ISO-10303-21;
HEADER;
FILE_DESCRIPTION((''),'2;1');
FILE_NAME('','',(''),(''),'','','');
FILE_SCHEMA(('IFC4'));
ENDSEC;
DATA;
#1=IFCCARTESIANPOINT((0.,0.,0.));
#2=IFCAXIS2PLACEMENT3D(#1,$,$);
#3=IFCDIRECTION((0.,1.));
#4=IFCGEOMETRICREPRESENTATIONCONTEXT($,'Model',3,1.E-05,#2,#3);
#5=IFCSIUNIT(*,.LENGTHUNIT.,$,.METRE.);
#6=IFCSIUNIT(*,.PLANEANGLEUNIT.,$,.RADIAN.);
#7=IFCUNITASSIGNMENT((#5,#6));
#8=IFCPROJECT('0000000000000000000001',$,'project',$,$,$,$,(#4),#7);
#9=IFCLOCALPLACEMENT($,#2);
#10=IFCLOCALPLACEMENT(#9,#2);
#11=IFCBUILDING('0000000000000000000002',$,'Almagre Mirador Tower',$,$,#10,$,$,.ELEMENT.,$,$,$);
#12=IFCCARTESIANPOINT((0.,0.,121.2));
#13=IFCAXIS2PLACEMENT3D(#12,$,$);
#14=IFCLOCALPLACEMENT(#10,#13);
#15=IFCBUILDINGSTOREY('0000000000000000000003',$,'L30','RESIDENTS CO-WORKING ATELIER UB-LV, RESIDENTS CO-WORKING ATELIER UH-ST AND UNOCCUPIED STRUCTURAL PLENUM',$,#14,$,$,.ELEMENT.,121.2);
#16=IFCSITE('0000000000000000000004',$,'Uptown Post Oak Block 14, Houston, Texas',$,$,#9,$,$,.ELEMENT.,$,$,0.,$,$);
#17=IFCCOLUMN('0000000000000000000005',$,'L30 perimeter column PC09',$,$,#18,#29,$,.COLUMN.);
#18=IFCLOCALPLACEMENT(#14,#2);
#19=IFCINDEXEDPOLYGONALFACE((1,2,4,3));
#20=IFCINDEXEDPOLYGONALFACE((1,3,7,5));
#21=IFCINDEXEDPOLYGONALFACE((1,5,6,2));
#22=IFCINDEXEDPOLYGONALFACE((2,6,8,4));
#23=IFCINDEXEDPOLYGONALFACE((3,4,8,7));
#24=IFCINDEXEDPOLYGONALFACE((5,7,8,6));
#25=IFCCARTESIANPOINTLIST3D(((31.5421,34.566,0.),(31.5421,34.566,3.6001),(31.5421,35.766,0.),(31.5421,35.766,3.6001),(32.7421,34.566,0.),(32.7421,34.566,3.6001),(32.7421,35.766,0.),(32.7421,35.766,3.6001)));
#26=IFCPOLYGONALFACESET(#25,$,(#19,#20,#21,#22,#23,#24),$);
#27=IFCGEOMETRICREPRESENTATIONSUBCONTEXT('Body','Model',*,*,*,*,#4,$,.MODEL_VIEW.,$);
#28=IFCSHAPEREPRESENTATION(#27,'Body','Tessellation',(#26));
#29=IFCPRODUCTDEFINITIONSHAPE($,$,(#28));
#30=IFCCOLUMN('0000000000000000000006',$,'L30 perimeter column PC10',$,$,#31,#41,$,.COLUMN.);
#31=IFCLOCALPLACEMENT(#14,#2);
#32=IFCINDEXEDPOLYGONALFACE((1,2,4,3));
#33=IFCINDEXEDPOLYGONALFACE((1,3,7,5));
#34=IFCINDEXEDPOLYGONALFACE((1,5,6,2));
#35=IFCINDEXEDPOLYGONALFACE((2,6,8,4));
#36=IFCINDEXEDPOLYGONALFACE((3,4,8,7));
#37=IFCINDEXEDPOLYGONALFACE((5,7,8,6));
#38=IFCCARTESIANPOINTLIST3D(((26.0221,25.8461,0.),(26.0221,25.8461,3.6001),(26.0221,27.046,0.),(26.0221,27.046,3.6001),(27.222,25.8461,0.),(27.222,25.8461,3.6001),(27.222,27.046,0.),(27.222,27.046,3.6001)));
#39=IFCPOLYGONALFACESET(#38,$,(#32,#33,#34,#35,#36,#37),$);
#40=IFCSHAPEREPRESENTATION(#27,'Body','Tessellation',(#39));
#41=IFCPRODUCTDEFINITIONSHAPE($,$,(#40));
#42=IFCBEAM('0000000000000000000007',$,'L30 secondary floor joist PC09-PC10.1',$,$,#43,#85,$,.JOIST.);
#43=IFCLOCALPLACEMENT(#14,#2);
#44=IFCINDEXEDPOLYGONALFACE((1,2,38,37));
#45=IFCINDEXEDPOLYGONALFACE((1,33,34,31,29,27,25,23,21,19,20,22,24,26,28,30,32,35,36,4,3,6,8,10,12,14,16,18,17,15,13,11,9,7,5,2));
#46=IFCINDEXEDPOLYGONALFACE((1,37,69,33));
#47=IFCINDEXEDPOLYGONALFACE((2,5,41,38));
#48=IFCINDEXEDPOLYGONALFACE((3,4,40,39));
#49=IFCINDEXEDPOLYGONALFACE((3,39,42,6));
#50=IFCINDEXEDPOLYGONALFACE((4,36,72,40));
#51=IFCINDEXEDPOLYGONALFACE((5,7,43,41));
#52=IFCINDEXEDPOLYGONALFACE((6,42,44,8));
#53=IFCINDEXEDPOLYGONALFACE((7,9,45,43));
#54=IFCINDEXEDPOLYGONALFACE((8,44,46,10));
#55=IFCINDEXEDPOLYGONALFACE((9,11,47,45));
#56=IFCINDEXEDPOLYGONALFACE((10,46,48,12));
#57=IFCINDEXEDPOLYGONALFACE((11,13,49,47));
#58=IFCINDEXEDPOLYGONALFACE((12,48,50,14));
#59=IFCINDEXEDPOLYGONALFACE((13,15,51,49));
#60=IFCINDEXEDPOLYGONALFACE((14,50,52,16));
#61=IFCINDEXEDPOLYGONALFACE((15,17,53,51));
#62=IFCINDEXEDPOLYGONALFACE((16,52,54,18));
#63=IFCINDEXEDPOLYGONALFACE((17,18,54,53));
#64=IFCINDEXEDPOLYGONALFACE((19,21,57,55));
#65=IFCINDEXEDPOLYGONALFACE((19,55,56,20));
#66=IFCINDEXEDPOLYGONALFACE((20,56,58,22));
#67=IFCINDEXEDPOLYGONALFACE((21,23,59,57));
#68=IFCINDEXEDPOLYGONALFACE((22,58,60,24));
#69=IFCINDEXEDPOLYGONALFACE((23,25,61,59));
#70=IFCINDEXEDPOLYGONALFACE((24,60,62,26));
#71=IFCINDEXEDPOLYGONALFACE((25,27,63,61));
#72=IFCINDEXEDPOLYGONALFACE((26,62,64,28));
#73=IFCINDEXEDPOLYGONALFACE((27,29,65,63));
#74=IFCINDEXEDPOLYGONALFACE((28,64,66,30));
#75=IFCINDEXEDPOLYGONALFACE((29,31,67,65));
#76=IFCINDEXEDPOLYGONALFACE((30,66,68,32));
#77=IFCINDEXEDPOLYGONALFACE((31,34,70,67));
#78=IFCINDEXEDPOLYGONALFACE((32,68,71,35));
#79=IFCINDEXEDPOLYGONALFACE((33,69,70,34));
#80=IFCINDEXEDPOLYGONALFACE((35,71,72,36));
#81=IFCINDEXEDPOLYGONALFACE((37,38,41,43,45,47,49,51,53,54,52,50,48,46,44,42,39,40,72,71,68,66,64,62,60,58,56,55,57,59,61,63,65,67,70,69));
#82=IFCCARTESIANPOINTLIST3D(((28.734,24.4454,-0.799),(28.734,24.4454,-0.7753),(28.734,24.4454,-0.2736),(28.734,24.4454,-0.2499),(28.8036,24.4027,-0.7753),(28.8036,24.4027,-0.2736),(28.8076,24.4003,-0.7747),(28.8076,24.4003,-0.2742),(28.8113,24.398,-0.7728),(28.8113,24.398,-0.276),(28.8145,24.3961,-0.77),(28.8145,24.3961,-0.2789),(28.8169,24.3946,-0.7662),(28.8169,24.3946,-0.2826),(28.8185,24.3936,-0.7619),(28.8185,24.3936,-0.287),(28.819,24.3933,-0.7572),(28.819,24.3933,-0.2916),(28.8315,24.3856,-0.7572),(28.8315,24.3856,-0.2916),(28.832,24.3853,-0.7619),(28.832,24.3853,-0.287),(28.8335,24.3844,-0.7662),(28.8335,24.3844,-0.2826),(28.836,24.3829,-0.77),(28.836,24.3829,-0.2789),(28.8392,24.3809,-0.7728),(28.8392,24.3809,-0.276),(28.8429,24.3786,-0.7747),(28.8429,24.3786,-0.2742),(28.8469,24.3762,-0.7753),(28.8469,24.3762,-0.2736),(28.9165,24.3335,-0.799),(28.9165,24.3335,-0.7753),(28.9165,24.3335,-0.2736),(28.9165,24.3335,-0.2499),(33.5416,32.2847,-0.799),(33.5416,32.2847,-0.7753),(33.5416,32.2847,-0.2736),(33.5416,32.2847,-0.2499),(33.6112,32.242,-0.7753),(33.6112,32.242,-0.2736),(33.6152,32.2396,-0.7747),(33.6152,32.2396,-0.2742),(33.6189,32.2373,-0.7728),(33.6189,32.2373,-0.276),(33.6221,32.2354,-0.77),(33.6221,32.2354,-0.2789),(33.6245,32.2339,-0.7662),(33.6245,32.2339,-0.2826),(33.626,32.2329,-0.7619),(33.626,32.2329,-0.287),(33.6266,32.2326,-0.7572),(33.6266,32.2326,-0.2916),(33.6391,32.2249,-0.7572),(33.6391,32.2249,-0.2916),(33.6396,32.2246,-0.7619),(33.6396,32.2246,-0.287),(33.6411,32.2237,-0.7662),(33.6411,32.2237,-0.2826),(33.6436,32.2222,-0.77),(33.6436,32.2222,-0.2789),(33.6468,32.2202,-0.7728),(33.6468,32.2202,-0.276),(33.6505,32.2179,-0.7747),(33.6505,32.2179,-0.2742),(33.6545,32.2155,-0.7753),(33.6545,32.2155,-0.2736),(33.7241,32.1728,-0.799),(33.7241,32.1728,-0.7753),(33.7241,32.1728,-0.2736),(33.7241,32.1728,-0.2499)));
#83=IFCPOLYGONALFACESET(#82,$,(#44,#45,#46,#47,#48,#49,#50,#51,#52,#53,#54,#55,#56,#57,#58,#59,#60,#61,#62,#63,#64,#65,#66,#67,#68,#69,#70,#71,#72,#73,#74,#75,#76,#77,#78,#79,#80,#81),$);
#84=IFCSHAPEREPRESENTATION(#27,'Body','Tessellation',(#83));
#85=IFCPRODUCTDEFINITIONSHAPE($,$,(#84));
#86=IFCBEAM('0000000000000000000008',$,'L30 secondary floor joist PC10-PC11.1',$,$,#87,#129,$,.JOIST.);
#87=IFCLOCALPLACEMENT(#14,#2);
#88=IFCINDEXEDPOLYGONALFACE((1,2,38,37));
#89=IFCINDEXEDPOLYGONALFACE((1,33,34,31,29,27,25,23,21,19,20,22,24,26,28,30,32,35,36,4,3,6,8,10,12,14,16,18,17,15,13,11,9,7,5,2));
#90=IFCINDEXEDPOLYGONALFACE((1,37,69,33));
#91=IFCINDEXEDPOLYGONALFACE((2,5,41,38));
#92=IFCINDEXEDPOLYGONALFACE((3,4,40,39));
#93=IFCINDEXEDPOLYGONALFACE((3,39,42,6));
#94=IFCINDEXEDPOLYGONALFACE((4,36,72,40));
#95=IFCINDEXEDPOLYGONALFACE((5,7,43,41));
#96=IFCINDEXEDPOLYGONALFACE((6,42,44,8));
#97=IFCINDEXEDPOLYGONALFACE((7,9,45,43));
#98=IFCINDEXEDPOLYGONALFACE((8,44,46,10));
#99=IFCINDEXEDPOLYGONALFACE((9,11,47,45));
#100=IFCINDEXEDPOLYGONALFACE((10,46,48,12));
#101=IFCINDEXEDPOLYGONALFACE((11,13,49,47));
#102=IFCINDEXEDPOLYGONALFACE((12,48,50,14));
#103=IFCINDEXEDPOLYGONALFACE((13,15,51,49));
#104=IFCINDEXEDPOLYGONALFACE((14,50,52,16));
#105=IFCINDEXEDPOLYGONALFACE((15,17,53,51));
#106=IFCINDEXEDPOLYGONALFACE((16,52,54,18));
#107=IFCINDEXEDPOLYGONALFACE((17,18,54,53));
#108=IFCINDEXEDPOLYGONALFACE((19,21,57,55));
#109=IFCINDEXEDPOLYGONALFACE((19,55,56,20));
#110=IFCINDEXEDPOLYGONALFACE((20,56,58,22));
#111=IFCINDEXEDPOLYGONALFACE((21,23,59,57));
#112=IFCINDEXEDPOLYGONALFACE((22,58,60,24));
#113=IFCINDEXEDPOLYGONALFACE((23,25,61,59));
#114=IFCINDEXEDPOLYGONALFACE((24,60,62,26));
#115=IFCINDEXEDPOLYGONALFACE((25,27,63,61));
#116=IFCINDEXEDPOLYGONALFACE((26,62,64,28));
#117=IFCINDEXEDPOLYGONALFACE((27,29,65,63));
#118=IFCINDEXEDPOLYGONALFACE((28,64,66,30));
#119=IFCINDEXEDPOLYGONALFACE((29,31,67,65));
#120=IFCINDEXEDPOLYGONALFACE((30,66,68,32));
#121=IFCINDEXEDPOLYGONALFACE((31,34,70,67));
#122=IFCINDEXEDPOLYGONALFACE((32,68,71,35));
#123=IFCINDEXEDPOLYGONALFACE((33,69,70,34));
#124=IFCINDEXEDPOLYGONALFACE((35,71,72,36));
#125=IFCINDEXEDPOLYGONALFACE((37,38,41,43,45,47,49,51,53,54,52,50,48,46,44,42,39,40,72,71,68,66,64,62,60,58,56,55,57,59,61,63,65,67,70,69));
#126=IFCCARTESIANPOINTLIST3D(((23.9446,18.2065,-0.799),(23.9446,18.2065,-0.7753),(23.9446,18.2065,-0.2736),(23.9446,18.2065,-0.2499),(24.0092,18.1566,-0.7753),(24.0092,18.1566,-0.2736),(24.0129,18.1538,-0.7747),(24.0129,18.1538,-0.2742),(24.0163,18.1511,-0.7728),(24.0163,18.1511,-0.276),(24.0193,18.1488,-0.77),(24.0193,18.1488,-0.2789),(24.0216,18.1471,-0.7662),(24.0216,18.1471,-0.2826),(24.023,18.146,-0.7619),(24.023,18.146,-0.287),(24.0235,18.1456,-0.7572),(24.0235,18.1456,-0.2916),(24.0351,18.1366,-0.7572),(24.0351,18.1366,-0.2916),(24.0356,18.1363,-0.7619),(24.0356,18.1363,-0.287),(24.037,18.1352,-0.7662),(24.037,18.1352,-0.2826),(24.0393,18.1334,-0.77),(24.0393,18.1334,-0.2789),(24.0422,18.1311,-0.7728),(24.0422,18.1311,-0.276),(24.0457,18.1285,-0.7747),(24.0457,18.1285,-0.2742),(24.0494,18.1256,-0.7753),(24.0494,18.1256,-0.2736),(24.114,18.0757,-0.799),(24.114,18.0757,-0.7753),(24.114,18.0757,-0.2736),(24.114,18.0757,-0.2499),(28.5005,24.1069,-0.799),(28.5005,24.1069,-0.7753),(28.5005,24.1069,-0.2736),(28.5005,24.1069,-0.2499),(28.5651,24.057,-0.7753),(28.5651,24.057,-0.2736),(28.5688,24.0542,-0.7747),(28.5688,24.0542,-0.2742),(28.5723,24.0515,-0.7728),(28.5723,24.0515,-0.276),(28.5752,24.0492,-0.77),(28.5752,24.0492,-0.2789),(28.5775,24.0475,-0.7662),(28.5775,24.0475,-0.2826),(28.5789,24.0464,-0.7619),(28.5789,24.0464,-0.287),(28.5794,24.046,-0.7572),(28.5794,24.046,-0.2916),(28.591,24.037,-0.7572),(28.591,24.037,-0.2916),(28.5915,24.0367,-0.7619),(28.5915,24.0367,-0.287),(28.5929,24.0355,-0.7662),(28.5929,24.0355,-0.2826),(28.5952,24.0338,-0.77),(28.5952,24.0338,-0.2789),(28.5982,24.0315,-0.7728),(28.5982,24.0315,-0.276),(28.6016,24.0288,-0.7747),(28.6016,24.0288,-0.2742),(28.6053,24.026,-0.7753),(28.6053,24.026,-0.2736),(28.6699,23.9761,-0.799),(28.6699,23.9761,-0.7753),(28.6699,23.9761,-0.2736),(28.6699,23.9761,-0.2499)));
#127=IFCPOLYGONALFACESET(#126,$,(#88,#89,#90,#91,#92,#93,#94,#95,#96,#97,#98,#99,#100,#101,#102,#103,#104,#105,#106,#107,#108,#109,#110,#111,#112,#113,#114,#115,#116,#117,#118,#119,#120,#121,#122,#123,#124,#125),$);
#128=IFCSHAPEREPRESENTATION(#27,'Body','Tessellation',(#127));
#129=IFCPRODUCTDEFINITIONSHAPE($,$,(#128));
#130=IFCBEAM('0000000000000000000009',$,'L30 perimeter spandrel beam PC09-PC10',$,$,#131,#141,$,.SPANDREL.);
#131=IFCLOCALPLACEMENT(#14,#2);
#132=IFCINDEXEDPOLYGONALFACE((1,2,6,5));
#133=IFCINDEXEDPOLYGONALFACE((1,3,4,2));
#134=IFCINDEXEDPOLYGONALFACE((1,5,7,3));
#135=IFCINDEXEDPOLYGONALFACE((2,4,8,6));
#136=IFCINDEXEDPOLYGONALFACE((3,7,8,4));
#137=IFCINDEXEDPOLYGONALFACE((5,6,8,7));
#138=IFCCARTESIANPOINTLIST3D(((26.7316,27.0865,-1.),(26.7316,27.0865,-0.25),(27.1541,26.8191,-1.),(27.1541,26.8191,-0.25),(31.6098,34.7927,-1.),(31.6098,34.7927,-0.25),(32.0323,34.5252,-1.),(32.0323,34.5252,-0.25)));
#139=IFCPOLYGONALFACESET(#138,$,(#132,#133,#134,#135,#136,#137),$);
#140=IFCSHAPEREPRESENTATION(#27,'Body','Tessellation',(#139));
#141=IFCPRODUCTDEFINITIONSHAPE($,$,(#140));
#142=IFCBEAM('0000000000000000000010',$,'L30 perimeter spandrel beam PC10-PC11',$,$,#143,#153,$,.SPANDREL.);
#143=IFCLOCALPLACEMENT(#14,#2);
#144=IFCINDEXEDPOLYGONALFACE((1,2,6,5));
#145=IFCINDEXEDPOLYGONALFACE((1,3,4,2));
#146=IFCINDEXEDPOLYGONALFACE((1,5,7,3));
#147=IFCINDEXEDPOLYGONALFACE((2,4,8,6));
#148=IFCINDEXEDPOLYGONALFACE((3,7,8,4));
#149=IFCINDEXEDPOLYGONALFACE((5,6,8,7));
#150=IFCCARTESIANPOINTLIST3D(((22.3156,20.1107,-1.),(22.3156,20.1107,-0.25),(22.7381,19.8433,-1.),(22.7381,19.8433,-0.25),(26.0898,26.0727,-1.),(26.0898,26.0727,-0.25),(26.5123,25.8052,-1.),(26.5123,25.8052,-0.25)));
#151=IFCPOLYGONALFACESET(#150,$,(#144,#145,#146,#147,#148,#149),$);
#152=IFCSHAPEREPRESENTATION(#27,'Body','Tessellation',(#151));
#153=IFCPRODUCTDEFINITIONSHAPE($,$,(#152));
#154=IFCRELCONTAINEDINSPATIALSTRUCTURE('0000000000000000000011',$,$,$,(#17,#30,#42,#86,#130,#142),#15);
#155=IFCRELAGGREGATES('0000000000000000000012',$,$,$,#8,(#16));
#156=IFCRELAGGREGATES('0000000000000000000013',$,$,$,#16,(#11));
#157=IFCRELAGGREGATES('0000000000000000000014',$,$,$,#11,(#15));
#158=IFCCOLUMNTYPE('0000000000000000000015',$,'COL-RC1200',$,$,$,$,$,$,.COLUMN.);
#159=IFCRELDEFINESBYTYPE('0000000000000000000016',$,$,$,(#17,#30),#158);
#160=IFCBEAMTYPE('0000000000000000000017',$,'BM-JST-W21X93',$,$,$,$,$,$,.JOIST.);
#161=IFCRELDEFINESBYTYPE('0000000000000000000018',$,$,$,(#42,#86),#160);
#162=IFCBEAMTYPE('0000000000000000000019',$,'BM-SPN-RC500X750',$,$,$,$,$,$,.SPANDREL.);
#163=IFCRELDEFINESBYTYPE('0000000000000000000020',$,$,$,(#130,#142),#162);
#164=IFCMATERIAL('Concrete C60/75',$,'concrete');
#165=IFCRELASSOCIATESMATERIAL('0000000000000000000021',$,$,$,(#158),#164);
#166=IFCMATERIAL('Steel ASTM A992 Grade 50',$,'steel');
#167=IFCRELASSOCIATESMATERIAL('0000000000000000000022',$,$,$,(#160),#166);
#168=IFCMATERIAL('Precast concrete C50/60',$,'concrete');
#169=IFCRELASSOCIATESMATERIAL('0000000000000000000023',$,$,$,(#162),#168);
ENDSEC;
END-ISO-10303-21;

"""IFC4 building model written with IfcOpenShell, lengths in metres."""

from ifc_helpers import new_model, si_unit, direction, frame, origin, origin_2d, place, context, subcontext, project, spatial, rectangle, i_section, extrude, material, material_profile, profile_set, type_object, element, save


model = new_model("IFC4")

# Units and contexts
model_context = context("Model", 3, precision=1e-05, world=origin(), true_north=direction((0.0, 1.0)))
body_context = subcontext(model_context, "Body", "Model", "MODEL_VIEW")
ifc_project = project(units=[si_unit("LENGTHUNIT", "METRE"), si_unit("PLANEANGLEUNIT", "RADIAN")], contexts=[model_context])

# Site, building, storey
site_placement = place(None, origin())
site = spatial("IfcSite", under=ifc_project, at=site_placement, Name="Uptown Post Oak Block 14, Houston, Texas", CompositionType="ELEMENT", RefElevation=0.0)
building_placement = place(site_placement, origin())
building = spatial("IfcBuilding", under=site, at=building_placement, Name="Almagre Mirador Tower", CompositionType="ELEMENT")
storey_placement = place(building_placement, frame((0.0, 0.0, 121.2)))
storey = spatial("IfcBuildingStorey", under=building, at=storey_placement, Name="L30", Description="RESIDENTS CO-WORKING ATELIER UB-LV, RESIDENTS CO-WORKING ATELIER UH-ST AND UNOCCUPIED STRUCTURAL PLENUM", CompositionType="ELEMENT", Elevation=121.2)

# Columns
ifc_material_1 = material(Name="Concrete C60/75", Category="concrete")
ifc_material_profile_1 = material_profile(ifc_material_1, rectangle(XDim=1.2, YDim=1.2, at=origin_2d()), Name="RC1200X1200")
ifc_profile_set_1 = profile_set([ifc_material_profile_1], Name="Concrete C60/75")
column_type = type_object("IfcColumnType", Name="COL-RC1200", PredefinedType="COLUMN", material=ifc_profile_set_1)
for number, where, z_axis, x_axis, name in (
    (1, (32.1421, 35.166, 0.0), (0.0, 0.0, 1.0), (1.0, 0.0, 0.0), "L30 perimeter column PC09"),
    (2, (26.6221, 26.446, 0.0), (0.0, 0.0, 1.0), (1.0, 0.0, 0.0), "L30 perimeter column PC10"),
):
    element("IfcColumn", number, at=place(storey_placement, frame(where, z_axis=z_axis, x_axis=x_axis)), inside=storey, type_object=column_type, Name=name, PredefinedType="COLUMN", context=body_context, shape_type="SweptSolid", body=[
        extrude(rectangle(XDim=1.2, YDim=1.2, at=origin_2d()), origin(), (0.0, 0.0, 1.0), 3.6001),
    ])

# Beams
ifc_material_2 = material(Name="Steel ASTM A992 Grade 50", Category="steel")
ifc_material_profile_2 = material_profile(ifc_material_2, i_section(OverallWidth=0.2141, OverallDepth=0.5491, WebThickness=0.0146, FlangeThickness=0.0237, FilletRadius=0.0181, at=origin_2d()), Name="W21X93")
ifc_profile_set_2 = profile_set([ifc_material_profile_2], Name="Steel ASTM A992 Grade 50")
beam_type_1 = type_object("IfcBeamType", Name="BM-JST-W21X93", PredefinedType="JOIST", material=ifc_profile_set_2)
beam_1_placement = place(storey_placement, frame((33.6328, 32.2288, -0.5244), z_axis=(-0.522787, -0.852463, 0.0), x_axis=(0.852463, -0.522787, 0.0)))
element("IfcBeam", 3, at=beam_1_placement, inside=storey, type_object=beam_type_1, Name="L30 secondary floor joist PC09-PC10.1", PredefinedType="JOIST", context=body_context, shape_type="SweptSolid", body=[
    extrude(i_section(OverallWidth=0.2141, OverallDepth=0.5491, WebThickness=0.0146, FlangeThickness=0.0237, FilletRadius=0.0181, at=origin_2d()), origin(), (0.0, 0.0, 1.0), 9.196),
])
beam_2_placement = place(storey_placement, frame((28.5852, 24.0415, -0.5244), z_axis=(-0.611155, -0.791511, 0.0), x_axis=(0.791511, -0.611155, 0.0)))
element("IfcBeam", 4, at=beam_2_placement, inside=storey, type_object=beam_type_1, Name="L30 secondary floor joist PC10-PC11.1", PredefinedType="JOIST", context=body_context, shape_type="SweptSolid", body=[
    extrude(i_section(OverallWidth=0.2141, OverallDepth=0.5491, WebThickness=0.0146, FlangeThickness=0.0237, FilletRadius=0.0181, at=origin_2d()), origin(), (0.0, 0.0, 1.0), 7.4546),
])
ifc_material_3 = material(Name="Precast concrete C50/60", Category="concrete")
ifc_material_profile_3 = material_profile(ifc_material_3, rectangle(XDim=0.5, YDim=0.75, at=origin_2d()), Name="RC500X750")
ifc_profile_set_3 = profile_set([ifc_material_profile_3], Name="Precast concrete C50/60")
beam_type_2 = type_object("IfcBeamType", Name="BM-SPN-RC500X750", PredefinedType="SPANDREL", material=ifc_profile_set_3)
beam_3_placement = place(storey_placement, frame((31.821, 34.6589, -0.625), z_axis=(-0.53487, -0.844934, 0.0), x_axis=(0.844934, -0.53487, 0.0)))
element("IfcBeam", 5, at=beam_3_placement, inside=storey, type_object=beam_type_2, Name="L30 perimeter spandrel beam PC09-PC10", PredefinedType="SPANDREL", context=body_context, shape_type="SweptSolid", body=[
    extrude(rectangle(XDim=0.5, YDim=0.75, at=origin_2d()), origin(), (0.0, 0.0, 1.0), 9.1204),
])
beam_4_placement = place(storey_placement, frame((26.301, 25.939, -0.625), z_axis=(-0.534879, -0.844929, 0.0), x_axis=(0.844929, -0.534879, 0.0)))
element("IfcBeam", 6, at=beam_4_placement, inside=storey, type_object=beam_type_2, Name="L30 perimeter spandrel beam PC10-PC11", PredefinedType="SPANDREL", context=body_context, shape_type="SweptSolid", body=[
    extrude(rectangle(XDim=0.5, YDim=0.75, at=origin_2d()), origin(), (0.0, 0.0, 1.0), 7.0562),
])

save(model, "model.ifc")
